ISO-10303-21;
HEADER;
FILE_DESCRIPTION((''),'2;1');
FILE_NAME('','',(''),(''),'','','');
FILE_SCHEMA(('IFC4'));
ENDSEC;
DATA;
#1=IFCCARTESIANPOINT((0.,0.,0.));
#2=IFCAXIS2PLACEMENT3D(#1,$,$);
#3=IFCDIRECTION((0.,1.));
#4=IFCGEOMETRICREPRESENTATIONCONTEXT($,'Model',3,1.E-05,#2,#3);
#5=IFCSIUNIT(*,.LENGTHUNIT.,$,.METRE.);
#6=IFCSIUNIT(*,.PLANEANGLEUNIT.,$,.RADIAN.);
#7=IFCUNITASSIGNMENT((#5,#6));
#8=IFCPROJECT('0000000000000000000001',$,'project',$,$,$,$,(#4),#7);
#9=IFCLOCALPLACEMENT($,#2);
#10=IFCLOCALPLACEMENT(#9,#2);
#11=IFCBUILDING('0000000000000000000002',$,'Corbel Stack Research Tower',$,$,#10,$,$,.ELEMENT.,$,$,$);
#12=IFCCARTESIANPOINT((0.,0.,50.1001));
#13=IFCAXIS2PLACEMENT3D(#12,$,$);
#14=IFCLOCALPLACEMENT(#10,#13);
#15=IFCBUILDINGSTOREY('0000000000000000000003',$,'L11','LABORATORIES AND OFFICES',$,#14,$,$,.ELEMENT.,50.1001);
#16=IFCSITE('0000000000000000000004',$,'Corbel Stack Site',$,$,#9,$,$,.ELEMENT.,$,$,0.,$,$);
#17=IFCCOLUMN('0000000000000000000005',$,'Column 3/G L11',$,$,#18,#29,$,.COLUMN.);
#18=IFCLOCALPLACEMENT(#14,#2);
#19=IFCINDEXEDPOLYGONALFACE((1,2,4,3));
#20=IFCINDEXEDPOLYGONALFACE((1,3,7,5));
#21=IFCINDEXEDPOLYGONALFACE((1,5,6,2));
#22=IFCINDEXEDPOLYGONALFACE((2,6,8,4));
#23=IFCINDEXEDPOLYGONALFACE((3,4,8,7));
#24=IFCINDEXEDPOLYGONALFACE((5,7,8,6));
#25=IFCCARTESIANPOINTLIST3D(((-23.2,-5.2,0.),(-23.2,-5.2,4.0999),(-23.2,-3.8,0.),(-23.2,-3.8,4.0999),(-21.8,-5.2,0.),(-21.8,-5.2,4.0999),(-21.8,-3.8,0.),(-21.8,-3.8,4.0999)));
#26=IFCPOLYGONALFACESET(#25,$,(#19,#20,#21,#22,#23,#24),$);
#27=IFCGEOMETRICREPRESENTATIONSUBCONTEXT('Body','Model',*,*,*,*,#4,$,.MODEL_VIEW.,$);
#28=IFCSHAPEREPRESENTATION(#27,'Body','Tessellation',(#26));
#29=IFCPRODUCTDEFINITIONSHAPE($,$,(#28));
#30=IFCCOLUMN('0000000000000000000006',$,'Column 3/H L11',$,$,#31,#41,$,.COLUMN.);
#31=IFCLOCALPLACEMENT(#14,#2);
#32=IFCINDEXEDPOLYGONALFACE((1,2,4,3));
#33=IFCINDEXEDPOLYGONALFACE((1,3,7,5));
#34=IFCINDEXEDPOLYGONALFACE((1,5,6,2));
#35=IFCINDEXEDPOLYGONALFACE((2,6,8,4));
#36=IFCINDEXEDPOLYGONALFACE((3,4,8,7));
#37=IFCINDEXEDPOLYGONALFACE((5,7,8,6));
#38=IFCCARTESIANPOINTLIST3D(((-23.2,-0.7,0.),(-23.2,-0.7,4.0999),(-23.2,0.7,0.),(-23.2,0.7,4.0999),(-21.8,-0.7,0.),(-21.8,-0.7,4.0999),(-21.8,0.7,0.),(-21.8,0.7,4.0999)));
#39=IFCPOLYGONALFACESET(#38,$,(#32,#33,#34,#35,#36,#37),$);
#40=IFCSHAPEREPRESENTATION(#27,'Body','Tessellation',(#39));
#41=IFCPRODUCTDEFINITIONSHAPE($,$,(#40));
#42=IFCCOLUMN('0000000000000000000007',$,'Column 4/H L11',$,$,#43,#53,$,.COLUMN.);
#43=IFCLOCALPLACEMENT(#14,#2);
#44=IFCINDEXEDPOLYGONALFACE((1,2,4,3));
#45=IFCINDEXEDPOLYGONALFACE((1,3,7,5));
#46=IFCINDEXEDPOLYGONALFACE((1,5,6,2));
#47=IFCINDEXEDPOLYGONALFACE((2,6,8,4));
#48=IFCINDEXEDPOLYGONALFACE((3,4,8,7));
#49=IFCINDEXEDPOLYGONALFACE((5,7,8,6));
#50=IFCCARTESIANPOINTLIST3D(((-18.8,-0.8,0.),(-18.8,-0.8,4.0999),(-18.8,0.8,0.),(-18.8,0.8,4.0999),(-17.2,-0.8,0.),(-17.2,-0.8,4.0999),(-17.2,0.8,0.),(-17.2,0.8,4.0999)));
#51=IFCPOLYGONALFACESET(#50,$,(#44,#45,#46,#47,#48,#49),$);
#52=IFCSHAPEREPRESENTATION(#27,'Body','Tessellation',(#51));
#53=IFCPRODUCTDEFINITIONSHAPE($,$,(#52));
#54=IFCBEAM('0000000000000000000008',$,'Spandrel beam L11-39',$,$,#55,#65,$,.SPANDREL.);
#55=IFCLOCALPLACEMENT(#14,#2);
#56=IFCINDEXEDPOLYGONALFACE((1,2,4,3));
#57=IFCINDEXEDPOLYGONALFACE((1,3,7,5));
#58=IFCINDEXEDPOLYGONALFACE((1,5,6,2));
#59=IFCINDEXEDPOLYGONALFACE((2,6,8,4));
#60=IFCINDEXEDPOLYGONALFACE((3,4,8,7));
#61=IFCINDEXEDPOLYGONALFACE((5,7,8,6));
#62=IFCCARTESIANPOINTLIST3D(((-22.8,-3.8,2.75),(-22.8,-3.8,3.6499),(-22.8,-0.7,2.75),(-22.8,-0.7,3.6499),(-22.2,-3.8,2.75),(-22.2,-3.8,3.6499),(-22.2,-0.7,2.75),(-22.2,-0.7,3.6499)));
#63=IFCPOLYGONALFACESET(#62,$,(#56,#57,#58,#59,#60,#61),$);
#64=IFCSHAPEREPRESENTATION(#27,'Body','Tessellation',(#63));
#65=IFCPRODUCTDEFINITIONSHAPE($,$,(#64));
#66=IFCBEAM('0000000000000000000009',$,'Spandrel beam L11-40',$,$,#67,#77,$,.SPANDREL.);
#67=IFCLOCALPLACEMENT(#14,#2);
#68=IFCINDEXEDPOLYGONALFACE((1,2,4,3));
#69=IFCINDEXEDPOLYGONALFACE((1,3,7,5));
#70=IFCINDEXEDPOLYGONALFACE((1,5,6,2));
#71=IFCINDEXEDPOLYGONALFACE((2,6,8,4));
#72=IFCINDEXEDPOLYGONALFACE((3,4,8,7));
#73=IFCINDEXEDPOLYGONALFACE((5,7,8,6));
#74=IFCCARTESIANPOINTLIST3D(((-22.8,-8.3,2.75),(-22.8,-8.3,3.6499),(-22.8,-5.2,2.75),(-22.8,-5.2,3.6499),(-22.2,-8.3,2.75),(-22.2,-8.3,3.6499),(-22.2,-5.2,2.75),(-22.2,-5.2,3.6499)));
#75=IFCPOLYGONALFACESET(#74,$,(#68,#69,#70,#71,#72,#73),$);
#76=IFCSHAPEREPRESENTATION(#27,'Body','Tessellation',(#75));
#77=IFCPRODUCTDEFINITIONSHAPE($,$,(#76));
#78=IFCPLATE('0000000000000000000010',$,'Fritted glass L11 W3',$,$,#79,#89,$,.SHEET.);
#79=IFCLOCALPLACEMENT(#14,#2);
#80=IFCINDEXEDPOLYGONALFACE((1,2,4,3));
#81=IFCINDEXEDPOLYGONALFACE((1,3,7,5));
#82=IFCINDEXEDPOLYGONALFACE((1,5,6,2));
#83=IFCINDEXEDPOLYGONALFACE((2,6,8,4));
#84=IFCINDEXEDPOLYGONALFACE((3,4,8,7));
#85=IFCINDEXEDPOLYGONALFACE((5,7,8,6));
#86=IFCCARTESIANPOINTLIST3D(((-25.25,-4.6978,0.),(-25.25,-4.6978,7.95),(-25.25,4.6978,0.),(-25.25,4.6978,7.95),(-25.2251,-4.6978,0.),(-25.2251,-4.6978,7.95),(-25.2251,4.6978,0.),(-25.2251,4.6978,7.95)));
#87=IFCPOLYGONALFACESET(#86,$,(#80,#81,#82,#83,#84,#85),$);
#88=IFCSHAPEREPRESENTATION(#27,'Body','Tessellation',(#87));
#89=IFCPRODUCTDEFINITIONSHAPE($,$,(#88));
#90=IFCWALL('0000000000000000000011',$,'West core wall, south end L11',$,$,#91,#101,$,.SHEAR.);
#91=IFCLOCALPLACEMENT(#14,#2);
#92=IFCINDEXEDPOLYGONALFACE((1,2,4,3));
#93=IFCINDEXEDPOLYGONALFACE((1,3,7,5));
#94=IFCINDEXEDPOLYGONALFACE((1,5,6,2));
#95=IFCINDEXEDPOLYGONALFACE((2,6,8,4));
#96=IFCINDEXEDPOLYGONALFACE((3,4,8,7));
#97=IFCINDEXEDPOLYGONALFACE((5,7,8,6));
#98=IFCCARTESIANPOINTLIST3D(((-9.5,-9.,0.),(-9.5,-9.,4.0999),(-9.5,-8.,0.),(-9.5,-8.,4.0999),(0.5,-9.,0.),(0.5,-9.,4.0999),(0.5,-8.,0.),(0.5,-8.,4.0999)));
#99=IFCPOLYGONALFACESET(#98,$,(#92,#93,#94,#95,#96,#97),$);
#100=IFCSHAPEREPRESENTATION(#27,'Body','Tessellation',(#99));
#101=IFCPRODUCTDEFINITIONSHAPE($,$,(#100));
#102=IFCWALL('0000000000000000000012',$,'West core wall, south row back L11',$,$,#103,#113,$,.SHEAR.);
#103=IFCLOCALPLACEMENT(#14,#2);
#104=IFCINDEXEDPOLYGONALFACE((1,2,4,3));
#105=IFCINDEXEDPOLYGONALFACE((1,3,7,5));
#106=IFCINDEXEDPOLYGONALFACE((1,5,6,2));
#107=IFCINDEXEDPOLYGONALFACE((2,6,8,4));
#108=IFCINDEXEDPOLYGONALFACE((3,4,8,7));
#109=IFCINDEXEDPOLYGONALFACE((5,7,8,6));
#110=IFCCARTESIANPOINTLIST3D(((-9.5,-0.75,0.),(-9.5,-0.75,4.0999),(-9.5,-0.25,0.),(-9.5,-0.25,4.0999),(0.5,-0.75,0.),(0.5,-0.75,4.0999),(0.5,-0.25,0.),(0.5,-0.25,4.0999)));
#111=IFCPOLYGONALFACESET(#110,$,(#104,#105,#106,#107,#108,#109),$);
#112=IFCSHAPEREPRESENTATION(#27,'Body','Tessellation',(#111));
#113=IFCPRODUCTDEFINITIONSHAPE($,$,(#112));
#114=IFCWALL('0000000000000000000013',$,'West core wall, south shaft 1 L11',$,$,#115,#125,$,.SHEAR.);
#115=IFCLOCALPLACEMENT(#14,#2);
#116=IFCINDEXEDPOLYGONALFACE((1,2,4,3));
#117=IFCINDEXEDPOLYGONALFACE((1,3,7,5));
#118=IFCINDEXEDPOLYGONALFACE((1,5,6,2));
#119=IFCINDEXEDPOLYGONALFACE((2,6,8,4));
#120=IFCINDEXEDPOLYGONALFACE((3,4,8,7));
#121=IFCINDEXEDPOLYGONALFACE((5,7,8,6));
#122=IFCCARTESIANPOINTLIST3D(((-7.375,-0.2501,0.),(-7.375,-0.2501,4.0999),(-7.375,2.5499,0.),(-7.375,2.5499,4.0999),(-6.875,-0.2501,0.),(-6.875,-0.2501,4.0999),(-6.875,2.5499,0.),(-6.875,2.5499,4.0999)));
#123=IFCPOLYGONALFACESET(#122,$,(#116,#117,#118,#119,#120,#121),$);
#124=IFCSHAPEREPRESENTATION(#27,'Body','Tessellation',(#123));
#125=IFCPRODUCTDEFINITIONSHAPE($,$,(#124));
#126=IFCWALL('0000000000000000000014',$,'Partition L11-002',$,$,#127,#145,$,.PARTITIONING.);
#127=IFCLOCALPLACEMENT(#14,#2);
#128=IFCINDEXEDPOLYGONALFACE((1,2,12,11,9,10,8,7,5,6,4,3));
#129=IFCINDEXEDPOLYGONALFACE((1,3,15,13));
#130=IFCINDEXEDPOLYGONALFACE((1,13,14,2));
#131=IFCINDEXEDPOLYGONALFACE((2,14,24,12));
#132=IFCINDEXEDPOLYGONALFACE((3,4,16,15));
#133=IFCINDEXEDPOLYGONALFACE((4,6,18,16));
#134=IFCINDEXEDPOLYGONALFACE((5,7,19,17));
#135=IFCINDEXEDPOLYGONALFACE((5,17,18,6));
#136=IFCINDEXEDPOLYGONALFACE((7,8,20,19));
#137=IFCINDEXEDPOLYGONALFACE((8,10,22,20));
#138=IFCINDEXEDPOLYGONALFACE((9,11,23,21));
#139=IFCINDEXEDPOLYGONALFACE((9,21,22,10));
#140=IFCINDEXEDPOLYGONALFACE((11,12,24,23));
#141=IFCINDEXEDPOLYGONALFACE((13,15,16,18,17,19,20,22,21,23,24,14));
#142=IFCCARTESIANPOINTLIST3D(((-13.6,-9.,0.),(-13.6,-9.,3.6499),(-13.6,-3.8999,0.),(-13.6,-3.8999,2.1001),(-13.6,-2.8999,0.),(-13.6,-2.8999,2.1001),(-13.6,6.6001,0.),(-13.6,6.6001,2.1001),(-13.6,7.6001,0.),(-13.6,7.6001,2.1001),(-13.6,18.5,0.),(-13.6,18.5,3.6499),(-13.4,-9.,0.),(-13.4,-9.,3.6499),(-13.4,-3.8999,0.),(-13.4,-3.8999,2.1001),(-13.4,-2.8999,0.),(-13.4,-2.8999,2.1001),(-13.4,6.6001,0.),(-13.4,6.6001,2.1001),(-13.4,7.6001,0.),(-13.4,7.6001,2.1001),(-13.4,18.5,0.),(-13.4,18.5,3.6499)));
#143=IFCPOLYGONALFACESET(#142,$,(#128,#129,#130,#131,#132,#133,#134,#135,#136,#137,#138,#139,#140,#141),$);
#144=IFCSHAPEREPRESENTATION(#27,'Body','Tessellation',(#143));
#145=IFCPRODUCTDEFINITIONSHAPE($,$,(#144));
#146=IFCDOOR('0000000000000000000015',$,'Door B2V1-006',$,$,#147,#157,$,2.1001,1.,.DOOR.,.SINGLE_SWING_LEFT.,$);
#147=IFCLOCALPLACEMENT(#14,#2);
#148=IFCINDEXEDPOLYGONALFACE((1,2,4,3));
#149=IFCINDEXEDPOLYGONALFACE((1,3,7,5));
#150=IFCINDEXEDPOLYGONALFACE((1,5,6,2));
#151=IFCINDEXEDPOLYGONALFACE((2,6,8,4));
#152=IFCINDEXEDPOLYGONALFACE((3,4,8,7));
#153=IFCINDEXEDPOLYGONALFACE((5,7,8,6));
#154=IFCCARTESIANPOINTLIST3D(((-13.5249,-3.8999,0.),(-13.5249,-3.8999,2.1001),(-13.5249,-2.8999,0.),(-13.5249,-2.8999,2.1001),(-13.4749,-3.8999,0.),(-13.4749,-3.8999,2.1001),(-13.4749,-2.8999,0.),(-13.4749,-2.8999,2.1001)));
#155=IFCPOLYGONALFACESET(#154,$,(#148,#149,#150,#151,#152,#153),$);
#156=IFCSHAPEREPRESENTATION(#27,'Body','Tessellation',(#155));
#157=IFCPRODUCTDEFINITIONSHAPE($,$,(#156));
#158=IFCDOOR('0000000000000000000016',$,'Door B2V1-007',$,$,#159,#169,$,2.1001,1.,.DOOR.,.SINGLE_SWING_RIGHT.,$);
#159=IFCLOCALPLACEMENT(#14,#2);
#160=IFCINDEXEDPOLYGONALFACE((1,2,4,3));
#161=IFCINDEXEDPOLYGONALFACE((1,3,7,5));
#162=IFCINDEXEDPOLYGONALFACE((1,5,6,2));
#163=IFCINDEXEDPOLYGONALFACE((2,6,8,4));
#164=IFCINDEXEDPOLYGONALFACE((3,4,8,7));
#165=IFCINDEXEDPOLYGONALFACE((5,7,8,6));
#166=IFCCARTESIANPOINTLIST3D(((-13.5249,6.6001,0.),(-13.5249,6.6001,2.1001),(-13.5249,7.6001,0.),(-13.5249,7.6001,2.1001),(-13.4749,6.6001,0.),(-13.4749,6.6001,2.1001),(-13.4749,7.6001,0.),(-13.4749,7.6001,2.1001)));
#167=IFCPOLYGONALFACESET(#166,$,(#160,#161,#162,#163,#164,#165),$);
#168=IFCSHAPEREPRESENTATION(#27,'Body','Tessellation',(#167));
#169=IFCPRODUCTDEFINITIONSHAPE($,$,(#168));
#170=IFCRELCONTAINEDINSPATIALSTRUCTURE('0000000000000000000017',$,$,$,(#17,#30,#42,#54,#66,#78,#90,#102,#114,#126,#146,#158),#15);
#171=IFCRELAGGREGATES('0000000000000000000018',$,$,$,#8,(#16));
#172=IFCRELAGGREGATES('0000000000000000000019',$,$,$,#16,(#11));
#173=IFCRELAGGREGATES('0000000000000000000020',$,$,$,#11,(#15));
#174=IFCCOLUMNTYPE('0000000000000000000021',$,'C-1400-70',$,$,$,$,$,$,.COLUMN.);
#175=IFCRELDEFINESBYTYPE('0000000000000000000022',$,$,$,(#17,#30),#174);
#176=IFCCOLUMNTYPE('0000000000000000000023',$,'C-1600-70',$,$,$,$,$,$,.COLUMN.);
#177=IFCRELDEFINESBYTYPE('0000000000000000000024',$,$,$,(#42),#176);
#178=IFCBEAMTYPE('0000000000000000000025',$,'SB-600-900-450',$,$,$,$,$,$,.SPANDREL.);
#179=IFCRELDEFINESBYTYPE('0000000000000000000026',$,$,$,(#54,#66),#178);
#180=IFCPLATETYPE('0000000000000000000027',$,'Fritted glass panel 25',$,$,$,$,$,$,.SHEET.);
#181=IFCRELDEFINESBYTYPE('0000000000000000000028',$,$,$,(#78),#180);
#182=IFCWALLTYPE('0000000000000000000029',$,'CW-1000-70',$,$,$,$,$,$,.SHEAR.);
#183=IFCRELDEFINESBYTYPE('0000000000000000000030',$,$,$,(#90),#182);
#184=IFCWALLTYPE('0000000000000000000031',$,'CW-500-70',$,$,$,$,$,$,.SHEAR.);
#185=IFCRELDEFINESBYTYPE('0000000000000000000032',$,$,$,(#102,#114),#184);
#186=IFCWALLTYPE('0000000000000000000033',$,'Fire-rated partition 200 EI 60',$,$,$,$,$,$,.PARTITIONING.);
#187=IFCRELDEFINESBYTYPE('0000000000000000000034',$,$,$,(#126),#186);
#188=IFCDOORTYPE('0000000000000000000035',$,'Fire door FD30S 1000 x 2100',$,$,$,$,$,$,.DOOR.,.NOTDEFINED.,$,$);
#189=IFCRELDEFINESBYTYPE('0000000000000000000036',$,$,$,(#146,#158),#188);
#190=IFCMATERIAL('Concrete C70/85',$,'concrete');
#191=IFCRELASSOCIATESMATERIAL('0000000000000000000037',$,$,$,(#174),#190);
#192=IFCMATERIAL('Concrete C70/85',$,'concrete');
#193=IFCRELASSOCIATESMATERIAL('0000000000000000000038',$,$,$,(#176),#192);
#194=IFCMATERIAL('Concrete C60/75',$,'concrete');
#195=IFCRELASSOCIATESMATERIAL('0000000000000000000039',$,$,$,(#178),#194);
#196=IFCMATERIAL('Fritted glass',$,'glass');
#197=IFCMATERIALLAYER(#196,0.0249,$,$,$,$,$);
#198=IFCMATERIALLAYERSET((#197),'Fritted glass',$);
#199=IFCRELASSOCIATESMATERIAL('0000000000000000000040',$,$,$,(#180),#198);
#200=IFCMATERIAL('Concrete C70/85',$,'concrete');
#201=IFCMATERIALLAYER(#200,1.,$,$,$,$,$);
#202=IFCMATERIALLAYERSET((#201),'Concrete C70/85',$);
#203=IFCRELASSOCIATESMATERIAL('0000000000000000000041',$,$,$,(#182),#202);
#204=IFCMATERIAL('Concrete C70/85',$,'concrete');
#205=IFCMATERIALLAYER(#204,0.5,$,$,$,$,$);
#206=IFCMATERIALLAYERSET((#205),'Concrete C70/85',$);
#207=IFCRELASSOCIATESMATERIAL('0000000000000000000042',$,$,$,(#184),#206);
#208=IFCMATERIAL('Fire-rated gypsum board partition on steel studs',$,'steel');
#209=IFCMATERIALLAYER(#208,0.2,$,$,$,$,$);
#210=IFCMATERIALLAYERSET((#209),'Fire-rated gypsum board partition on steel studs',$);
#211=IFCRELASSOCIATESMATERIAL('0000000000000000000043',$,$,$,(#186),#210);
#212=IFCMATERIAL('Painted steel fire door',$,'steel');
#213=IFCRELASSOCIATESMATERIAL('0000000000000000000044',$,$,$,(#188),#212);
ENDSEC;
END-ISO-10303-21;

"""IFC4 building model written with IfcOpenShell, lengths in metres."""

from ifc_helpers import new_model, si_unit, direction, frame, frame_2d, origin, origin_2d, place, context, subcontext, project, spatial, rectangle, extrude, material, layer, layer_set, material_profile, profile_set, type_object, element, fill, save


model = new_model("IFC4")

# Units and contexts
model_context = context("Model", 3, precision=1e-05, world=origin(), true_north=direction((0.0, 1.0)))
body_context = subcontext(model_context, "Body", "Model", "MODEL_VIEW")
ifc_project = project(units=[si_unit("LENGTHUNIT", "METRE"), si_unit("PLANEANGLEUNIT", "RADIAN")], contexts=[model_context])

# Site, building, storey
site_placement = place(None, origin())
site = spatial("IfcSite", under=ifc_project, at=site_placement, Name="Corbel Stack Site", CompositionType="ELEMENT", RefElevation=0.0)
building_placement = place(site_placement, origin())
building = spatial("IfcBuilding", under=site, at=building_placement, Name="Corbel Stack Research Tower", CompositionType="ELEMENT")
storey_placement = place(building_placement, frame((0.0, 0.0, 50.1001)))
storey = spatial("IfcBuildingStorey", under=building, at=storey_placement, Name="L11", Description="LABORATORIES AND OFFICES", CompositionType="ELEMENT", Elevation=50.1001)

# Columns
ifc_material_1 = material(Name="Concrete C70/85", Category="concrete")
ifc_material_profile_1 = material_profile(ifc_material_1, rectangle(XDim=1.3999, YDim=1.3999, at=origin_2d()), Name="RC 1400 x 1400")
ifc_profile_set_1 = profile_set([ifc_material_profile_1], Name="Concrete C70/85")
column_type_1 = type_object("IfcColumnType", Name="C-1400-70", PredefinedType="COLUMN", material=ifc_profile_set_1)
for number, where, z_axis, x_axis, name in (
    (1, (-22.5, -4.5, 0.0), (0.0, 0.0, 1.0), (1.0, 0.0, 0.0), "Column 3/G L11"),
    (2, (-22.5, 0.0, 0.0), (0.0, 0.0, 1.0), (1.0, 0.0, 0.0), "Column 3/H L11"),
):
    element("IfcColumn", number, at=place(storey_placement, frame(where, z_axis=z_axis, x_axis=x_axis)), inside=storey, type_object=column_type_1, Name=name, PredefinedType="COLUMN", context=body_context, shape_type="SweptSolid", body=[
        extrude(rectangle(XDim=1.3999, YDim=1.3999, at=origin_2d()), origin(), (0.0, 0.0, 1.0), 4.0999),
    ])
ifc_material_2 = material(Name="Concrete C70/85", Category="concrete")
ifc_material_profile_2 = material_profile(ifc_material_2, rectangle(XDim=1.6001, YDim=1.6001, at=origin_2d()), Name="RC 1600 x 1600")
ifc_profile_set_2 = profile_set([ifc_material_profile_2], Name="Concrete C70/85")
column_type_2 = type_object("IfcColumnType", Name="C-1600-70", PredefinedType="COLUMN", material=ifc_profile_set_2)
column_placement = place(storey_placement, frame((-18.0, 0.0, 0.0), z_axis=(0.0, 0.0, 1.0), x_axis=(1.0, 0.0, 0.0)))
element("IfcColumn", 3, at=column_placement, inside=storey, type_object=column_type_2, Name="Column 4/H L11", PredefinedType="COLUMN", context=body_context, shape_type="SweptSolid", body=[
    extrude(rectangle(XDim=1.6001, YDim=1.6001, at=origin_2d()), origin(), (0.0, 0.0, 1.0), 4.0999),
])

# Beams
ifc_material_3 = material(Name="Concrete C60/75", Category="concrete")
ifc_material_profile_3 = material_profile(ifc_material_3, rectangle(XDim=0.6001, YDim=0.8999, at=origin_2d()), Name="RC 600 x 900")
ifc_profile_set_3 = profile_set([ifc_material_profile_3], Name="Concrete C60/75")
beam_type = type_object("IfcBeamType", Name="SB-600-900-450", PredefinedType="SPANDREL", material=ifc_profile_set_3)
for number, where, z_axis, x_axis, name in (
    (4, (-22.5, -0.7, 3.2), (0.0, -1.0, 0.0), (1.0, 0.0, 0.0), "Spandrel beam L11-39"),
    (5, (-22.5, -5.2, 3.2), (0.0, -1.0, 0.0), (1.0, 0.0, 0.0), "Spandrel beam L11-40"),
):
    element("IfcBeam", number, at=place(storey_placement, frame(where, z_axis=z_axis, x_axis=x_axis)), inside=storey, type_object=beam_type, Name=name, PredefinedType="SPANDREL", context=body_context, shape_type="SweptSolid", body=[
        extrude(rectangle(XDim=0.6001, YDim=0.8999, at=origin_2d()), origin(), (0.0, 0.0, 1.0), 3.1001),
    ])

# Plate
ifc_material_4 = material(Name="Fritted glass", Category="glass")
ifc_layer_1 = layer(ifc_material_4, 0.0249)
ifc_layer_set_1 = layer_set([ifc_layer_1], Name="Fritted glass")
plate_type = type_object("IfcPlateType", Name="Fritted glass panel 25", PredefinedType="SHEET", material=ifc_layer_set_1)
plate_placement = place(storey_placement, frame((-25.2375, 0.0, 0.0), z_axis=(0.0, 0.0, 1.0), x_axis=(0.0, -1.0, 0.0)))
element("IfcPlate", 6, at=plate_placement, inside=storey, type_object=plate_type, Name="Fritted glass L11 W3", PredefinedType="SHEET", context=body_context, shape_type="SweptSolid", body=[
    extrude(rectangle(XDim=9.3955, YDim=0.0249, at=origin_2d()), origin(), (0.0, 0.0, 1.0), 7.95),
])

# Shared definitions
ifc_material_5 = material(Name="Concrete C70/85", Category="concrete")
ifc_layer_2 = layer(ifc_material_5, 1.0)
ifc_layer_set_2 = layer_set([ifc_layer_2], Name="Concrete C70/85")
wall_type_1 = type_object("IfcWallType", Name="CW-1000-70", PredefinedType="SHEAR", material=ifc_layer_set_2)

# Walls
wall_1_placement = place(storey_placement, frame((-9.5, -8.5, 0.0), z_axis=(0.0, 0.0, 1.0), x_axis=(1.0, 0.0, 0.0)))
element("IfcWall", 7, at=wall_1_placement, inside=storey, type_object=wall_type_1, Name="West core wall, south end L11", PredefinedType="SHEAR", context=body_context, shape_type="SweptSolid", body=[
    extrude(rectangle(XDim=10.0, YDim=1.0, at=frame_2d((5.0, 0.0))), origin(), (0.0, 0.0, 1.0), 4.0999),
])
ifc_material_6 = material(Name="Concrete C70/85", Category="concrete")
ifc_layer_3 = layer(ifc_material_6, 0.5)
ifc_layer_set_3 = layer_set([ifc_layer_3], Name="Concrete C70/85")
wall_type_2 = type_object("IfcWallType", Name="CW-500-70", PredefinedType="SHEAR", material=ifc_layer_set_3)
wall_2_placement = place(storey_placement, frame((-9.5, -0.5, 0.0), z_axis=(0.0, 0.0, 1.0), x_axis=(1.0, 0.0, 0.0)))
element("IfcWall", 8, at=wall_2_placement, inside=storey, type_object=wall_type_2, Name="West core wall, south row back L11", PredefinedType="SHEAR", context=body_context, shape_type="SweptSolid", body=[
    extrude(rectangle(XDim=10.0, YDim=0.5, at=frame_2d((5.0, 0.0))), origin(), (0.0, 0.0, 1.0), 4.0999),
])
wall_3_placement = place(storey_placement, frame((-7.125, -0.25, 0.0), z_axis=(0.0, 0.0, 1.0), x_axis=(0.0, 1.0, 0.0)))
element("IfcWall", 9, at=wall_3_placement, inside=storey, type_object=wall_type_2, Name="West core wall, south shaft 1 L11", PredefinedType="SHEAR", context=body_context, shape_type="SweptSolid", body=[
    extrude(rectangle(XDim=2.8, YDim=0.5, at=frame_2d((1.3999, 0.0))), origin(), (0.0, 0.0, 1.0), 4.0999),
])

# Wall, openings, doors
ifc_material_7 = material(Name="Fire-rated gypsum board partition on steel studs", Category="steel")
ifc_layer_4 = layer(ifc_material_7, 0.2)
ifc_layer_set_4 = layer_set([ifc_layer_4], Name="Fire-rated gypsum board partition on steel studs")
wall_type_3 = type_object("IfcWallType", Name="Fire-rated partition 200 EI 60", PredefinedType="PARTITIONING", material=ifc_layer_set_4)
wall_4_placement = place(storey_placement, frame((-13.5, -9.0, 0.0), z_axis=(0.0, 0.0, 1.0), x_axis=(0.0, 1.0, 0.0)))
wall_4 = element("IfcWall", 10, at=wall_4_placement, inside=storey, type_object=wall_type_3, Name="Partition L11-002", PredefinedType="PARTITIONING", context=body_context, shape_type="SweptSolid", body=[
    extrude(rectangle(XDim=27.5, YDim=0.2, at=frame_2d((13.75, 0.0))), origin(), (0.0, 0.0, 1.0), 3.6499),
])
opening_1_placement = place(wall_4_placement, frame((5.1001, 0.0, 0.0)))
opening_1 = element("IfcOpeningElement", 11, at=opening_1_placement, cuts=wall_4, PredefinedType="OPENING", context=body_context, shape_type="SweptSolid", body=[
    extrude(rectangle(XDim=1.0, YDim=2.1001, at=frame_2d((0.5, 1.05))), frame((0.0, 0.1099, 0.0), z_axis=(0.0, -1.0, 0.0), x_axis=(1.0, 0.0, 0.0)), (0.0, 0.0, 1.0), 0.22),
])
opening_2_placement = place(wall_4_placement, frame((15.6001, 0.0, 0.0)))
opening_2 = element("IfcOpeningElement", 12, at=opening_2_placement, cuts=wall_4, PredefinedType="OPENING", context=body_context, shape_type="SweptSolid", body=[
    extrude(rectangle(XDim=1.0, YDim=2.1001, at=frame_2d((0.5, 1.05))), frame((0.0, 0.1099, 0.0), z_axis=(0.0, -1.0, 0.0), x_axis=(1.0, 0.0, 0.0)), (0.0, 0.0, 1.0), 0.22),
])
ifc_material_8 = material(Name="Painted steel fire door", Category="steel")
door_type_1 = type_object("IfcDoorType", Name="Fire door FD30S 1000 x 2100", OperationType="NOTDEFINED", PredefinedType="DOOR", material=ifc_material_8)
door_1_placement = place(opening_1_placement, origin())
door_1 = element("IfcDoor", 13, at=door_1_placement, inside=storey, type_object=door_type_1, Name="Door B2V1-006", OperationType="SINGLE_SWING_LEFT", OverallHeight=2.1001, OverallWidth=1.0, PredefinedType="DOOR", context=body_context, shape_type="SweptSolid", body=[
    extrude(rectangle(XDim=1.0, YDim=2.1001, at=frame_2d((0.5, 1.05))), frame((0.0, 0.0249, 0.0), z_axis=(0.0, -1.0, 0.0), x_axis=(1.0, 0.0, 0.0)), (0.0, 0.0, 1.0), 0.05),
])
fill(opening_1, door_1)
door_2_placement = place(opening_2_placement, origin())
door_2 = element("IfcDoor", 14, at=door_2_placement, inside=storey, type_object=door_type_1, Name="Door B2V1-007", OperationType="SINGLE_SWING_RIGHT", OverallHeight=2.1001, OverallWidth=1.0, PredefinedType="DOOR", context=body_context, shape_type="SweptSolid", body=[
    extrude(rectangle(XDim=1.0, YDim=2.1001, at=frame_2d((0.5, 1.05))), frame((0.0, 0.0249, 0.0), z_axis=(0.0, -1.0, 0.0), x_axis=(1.0, 0.0, 0.0)), (0.0, 0.0, 1.0), 0.05),
])
fill(opening_2, door_2)

save(model, "model.ifc")
